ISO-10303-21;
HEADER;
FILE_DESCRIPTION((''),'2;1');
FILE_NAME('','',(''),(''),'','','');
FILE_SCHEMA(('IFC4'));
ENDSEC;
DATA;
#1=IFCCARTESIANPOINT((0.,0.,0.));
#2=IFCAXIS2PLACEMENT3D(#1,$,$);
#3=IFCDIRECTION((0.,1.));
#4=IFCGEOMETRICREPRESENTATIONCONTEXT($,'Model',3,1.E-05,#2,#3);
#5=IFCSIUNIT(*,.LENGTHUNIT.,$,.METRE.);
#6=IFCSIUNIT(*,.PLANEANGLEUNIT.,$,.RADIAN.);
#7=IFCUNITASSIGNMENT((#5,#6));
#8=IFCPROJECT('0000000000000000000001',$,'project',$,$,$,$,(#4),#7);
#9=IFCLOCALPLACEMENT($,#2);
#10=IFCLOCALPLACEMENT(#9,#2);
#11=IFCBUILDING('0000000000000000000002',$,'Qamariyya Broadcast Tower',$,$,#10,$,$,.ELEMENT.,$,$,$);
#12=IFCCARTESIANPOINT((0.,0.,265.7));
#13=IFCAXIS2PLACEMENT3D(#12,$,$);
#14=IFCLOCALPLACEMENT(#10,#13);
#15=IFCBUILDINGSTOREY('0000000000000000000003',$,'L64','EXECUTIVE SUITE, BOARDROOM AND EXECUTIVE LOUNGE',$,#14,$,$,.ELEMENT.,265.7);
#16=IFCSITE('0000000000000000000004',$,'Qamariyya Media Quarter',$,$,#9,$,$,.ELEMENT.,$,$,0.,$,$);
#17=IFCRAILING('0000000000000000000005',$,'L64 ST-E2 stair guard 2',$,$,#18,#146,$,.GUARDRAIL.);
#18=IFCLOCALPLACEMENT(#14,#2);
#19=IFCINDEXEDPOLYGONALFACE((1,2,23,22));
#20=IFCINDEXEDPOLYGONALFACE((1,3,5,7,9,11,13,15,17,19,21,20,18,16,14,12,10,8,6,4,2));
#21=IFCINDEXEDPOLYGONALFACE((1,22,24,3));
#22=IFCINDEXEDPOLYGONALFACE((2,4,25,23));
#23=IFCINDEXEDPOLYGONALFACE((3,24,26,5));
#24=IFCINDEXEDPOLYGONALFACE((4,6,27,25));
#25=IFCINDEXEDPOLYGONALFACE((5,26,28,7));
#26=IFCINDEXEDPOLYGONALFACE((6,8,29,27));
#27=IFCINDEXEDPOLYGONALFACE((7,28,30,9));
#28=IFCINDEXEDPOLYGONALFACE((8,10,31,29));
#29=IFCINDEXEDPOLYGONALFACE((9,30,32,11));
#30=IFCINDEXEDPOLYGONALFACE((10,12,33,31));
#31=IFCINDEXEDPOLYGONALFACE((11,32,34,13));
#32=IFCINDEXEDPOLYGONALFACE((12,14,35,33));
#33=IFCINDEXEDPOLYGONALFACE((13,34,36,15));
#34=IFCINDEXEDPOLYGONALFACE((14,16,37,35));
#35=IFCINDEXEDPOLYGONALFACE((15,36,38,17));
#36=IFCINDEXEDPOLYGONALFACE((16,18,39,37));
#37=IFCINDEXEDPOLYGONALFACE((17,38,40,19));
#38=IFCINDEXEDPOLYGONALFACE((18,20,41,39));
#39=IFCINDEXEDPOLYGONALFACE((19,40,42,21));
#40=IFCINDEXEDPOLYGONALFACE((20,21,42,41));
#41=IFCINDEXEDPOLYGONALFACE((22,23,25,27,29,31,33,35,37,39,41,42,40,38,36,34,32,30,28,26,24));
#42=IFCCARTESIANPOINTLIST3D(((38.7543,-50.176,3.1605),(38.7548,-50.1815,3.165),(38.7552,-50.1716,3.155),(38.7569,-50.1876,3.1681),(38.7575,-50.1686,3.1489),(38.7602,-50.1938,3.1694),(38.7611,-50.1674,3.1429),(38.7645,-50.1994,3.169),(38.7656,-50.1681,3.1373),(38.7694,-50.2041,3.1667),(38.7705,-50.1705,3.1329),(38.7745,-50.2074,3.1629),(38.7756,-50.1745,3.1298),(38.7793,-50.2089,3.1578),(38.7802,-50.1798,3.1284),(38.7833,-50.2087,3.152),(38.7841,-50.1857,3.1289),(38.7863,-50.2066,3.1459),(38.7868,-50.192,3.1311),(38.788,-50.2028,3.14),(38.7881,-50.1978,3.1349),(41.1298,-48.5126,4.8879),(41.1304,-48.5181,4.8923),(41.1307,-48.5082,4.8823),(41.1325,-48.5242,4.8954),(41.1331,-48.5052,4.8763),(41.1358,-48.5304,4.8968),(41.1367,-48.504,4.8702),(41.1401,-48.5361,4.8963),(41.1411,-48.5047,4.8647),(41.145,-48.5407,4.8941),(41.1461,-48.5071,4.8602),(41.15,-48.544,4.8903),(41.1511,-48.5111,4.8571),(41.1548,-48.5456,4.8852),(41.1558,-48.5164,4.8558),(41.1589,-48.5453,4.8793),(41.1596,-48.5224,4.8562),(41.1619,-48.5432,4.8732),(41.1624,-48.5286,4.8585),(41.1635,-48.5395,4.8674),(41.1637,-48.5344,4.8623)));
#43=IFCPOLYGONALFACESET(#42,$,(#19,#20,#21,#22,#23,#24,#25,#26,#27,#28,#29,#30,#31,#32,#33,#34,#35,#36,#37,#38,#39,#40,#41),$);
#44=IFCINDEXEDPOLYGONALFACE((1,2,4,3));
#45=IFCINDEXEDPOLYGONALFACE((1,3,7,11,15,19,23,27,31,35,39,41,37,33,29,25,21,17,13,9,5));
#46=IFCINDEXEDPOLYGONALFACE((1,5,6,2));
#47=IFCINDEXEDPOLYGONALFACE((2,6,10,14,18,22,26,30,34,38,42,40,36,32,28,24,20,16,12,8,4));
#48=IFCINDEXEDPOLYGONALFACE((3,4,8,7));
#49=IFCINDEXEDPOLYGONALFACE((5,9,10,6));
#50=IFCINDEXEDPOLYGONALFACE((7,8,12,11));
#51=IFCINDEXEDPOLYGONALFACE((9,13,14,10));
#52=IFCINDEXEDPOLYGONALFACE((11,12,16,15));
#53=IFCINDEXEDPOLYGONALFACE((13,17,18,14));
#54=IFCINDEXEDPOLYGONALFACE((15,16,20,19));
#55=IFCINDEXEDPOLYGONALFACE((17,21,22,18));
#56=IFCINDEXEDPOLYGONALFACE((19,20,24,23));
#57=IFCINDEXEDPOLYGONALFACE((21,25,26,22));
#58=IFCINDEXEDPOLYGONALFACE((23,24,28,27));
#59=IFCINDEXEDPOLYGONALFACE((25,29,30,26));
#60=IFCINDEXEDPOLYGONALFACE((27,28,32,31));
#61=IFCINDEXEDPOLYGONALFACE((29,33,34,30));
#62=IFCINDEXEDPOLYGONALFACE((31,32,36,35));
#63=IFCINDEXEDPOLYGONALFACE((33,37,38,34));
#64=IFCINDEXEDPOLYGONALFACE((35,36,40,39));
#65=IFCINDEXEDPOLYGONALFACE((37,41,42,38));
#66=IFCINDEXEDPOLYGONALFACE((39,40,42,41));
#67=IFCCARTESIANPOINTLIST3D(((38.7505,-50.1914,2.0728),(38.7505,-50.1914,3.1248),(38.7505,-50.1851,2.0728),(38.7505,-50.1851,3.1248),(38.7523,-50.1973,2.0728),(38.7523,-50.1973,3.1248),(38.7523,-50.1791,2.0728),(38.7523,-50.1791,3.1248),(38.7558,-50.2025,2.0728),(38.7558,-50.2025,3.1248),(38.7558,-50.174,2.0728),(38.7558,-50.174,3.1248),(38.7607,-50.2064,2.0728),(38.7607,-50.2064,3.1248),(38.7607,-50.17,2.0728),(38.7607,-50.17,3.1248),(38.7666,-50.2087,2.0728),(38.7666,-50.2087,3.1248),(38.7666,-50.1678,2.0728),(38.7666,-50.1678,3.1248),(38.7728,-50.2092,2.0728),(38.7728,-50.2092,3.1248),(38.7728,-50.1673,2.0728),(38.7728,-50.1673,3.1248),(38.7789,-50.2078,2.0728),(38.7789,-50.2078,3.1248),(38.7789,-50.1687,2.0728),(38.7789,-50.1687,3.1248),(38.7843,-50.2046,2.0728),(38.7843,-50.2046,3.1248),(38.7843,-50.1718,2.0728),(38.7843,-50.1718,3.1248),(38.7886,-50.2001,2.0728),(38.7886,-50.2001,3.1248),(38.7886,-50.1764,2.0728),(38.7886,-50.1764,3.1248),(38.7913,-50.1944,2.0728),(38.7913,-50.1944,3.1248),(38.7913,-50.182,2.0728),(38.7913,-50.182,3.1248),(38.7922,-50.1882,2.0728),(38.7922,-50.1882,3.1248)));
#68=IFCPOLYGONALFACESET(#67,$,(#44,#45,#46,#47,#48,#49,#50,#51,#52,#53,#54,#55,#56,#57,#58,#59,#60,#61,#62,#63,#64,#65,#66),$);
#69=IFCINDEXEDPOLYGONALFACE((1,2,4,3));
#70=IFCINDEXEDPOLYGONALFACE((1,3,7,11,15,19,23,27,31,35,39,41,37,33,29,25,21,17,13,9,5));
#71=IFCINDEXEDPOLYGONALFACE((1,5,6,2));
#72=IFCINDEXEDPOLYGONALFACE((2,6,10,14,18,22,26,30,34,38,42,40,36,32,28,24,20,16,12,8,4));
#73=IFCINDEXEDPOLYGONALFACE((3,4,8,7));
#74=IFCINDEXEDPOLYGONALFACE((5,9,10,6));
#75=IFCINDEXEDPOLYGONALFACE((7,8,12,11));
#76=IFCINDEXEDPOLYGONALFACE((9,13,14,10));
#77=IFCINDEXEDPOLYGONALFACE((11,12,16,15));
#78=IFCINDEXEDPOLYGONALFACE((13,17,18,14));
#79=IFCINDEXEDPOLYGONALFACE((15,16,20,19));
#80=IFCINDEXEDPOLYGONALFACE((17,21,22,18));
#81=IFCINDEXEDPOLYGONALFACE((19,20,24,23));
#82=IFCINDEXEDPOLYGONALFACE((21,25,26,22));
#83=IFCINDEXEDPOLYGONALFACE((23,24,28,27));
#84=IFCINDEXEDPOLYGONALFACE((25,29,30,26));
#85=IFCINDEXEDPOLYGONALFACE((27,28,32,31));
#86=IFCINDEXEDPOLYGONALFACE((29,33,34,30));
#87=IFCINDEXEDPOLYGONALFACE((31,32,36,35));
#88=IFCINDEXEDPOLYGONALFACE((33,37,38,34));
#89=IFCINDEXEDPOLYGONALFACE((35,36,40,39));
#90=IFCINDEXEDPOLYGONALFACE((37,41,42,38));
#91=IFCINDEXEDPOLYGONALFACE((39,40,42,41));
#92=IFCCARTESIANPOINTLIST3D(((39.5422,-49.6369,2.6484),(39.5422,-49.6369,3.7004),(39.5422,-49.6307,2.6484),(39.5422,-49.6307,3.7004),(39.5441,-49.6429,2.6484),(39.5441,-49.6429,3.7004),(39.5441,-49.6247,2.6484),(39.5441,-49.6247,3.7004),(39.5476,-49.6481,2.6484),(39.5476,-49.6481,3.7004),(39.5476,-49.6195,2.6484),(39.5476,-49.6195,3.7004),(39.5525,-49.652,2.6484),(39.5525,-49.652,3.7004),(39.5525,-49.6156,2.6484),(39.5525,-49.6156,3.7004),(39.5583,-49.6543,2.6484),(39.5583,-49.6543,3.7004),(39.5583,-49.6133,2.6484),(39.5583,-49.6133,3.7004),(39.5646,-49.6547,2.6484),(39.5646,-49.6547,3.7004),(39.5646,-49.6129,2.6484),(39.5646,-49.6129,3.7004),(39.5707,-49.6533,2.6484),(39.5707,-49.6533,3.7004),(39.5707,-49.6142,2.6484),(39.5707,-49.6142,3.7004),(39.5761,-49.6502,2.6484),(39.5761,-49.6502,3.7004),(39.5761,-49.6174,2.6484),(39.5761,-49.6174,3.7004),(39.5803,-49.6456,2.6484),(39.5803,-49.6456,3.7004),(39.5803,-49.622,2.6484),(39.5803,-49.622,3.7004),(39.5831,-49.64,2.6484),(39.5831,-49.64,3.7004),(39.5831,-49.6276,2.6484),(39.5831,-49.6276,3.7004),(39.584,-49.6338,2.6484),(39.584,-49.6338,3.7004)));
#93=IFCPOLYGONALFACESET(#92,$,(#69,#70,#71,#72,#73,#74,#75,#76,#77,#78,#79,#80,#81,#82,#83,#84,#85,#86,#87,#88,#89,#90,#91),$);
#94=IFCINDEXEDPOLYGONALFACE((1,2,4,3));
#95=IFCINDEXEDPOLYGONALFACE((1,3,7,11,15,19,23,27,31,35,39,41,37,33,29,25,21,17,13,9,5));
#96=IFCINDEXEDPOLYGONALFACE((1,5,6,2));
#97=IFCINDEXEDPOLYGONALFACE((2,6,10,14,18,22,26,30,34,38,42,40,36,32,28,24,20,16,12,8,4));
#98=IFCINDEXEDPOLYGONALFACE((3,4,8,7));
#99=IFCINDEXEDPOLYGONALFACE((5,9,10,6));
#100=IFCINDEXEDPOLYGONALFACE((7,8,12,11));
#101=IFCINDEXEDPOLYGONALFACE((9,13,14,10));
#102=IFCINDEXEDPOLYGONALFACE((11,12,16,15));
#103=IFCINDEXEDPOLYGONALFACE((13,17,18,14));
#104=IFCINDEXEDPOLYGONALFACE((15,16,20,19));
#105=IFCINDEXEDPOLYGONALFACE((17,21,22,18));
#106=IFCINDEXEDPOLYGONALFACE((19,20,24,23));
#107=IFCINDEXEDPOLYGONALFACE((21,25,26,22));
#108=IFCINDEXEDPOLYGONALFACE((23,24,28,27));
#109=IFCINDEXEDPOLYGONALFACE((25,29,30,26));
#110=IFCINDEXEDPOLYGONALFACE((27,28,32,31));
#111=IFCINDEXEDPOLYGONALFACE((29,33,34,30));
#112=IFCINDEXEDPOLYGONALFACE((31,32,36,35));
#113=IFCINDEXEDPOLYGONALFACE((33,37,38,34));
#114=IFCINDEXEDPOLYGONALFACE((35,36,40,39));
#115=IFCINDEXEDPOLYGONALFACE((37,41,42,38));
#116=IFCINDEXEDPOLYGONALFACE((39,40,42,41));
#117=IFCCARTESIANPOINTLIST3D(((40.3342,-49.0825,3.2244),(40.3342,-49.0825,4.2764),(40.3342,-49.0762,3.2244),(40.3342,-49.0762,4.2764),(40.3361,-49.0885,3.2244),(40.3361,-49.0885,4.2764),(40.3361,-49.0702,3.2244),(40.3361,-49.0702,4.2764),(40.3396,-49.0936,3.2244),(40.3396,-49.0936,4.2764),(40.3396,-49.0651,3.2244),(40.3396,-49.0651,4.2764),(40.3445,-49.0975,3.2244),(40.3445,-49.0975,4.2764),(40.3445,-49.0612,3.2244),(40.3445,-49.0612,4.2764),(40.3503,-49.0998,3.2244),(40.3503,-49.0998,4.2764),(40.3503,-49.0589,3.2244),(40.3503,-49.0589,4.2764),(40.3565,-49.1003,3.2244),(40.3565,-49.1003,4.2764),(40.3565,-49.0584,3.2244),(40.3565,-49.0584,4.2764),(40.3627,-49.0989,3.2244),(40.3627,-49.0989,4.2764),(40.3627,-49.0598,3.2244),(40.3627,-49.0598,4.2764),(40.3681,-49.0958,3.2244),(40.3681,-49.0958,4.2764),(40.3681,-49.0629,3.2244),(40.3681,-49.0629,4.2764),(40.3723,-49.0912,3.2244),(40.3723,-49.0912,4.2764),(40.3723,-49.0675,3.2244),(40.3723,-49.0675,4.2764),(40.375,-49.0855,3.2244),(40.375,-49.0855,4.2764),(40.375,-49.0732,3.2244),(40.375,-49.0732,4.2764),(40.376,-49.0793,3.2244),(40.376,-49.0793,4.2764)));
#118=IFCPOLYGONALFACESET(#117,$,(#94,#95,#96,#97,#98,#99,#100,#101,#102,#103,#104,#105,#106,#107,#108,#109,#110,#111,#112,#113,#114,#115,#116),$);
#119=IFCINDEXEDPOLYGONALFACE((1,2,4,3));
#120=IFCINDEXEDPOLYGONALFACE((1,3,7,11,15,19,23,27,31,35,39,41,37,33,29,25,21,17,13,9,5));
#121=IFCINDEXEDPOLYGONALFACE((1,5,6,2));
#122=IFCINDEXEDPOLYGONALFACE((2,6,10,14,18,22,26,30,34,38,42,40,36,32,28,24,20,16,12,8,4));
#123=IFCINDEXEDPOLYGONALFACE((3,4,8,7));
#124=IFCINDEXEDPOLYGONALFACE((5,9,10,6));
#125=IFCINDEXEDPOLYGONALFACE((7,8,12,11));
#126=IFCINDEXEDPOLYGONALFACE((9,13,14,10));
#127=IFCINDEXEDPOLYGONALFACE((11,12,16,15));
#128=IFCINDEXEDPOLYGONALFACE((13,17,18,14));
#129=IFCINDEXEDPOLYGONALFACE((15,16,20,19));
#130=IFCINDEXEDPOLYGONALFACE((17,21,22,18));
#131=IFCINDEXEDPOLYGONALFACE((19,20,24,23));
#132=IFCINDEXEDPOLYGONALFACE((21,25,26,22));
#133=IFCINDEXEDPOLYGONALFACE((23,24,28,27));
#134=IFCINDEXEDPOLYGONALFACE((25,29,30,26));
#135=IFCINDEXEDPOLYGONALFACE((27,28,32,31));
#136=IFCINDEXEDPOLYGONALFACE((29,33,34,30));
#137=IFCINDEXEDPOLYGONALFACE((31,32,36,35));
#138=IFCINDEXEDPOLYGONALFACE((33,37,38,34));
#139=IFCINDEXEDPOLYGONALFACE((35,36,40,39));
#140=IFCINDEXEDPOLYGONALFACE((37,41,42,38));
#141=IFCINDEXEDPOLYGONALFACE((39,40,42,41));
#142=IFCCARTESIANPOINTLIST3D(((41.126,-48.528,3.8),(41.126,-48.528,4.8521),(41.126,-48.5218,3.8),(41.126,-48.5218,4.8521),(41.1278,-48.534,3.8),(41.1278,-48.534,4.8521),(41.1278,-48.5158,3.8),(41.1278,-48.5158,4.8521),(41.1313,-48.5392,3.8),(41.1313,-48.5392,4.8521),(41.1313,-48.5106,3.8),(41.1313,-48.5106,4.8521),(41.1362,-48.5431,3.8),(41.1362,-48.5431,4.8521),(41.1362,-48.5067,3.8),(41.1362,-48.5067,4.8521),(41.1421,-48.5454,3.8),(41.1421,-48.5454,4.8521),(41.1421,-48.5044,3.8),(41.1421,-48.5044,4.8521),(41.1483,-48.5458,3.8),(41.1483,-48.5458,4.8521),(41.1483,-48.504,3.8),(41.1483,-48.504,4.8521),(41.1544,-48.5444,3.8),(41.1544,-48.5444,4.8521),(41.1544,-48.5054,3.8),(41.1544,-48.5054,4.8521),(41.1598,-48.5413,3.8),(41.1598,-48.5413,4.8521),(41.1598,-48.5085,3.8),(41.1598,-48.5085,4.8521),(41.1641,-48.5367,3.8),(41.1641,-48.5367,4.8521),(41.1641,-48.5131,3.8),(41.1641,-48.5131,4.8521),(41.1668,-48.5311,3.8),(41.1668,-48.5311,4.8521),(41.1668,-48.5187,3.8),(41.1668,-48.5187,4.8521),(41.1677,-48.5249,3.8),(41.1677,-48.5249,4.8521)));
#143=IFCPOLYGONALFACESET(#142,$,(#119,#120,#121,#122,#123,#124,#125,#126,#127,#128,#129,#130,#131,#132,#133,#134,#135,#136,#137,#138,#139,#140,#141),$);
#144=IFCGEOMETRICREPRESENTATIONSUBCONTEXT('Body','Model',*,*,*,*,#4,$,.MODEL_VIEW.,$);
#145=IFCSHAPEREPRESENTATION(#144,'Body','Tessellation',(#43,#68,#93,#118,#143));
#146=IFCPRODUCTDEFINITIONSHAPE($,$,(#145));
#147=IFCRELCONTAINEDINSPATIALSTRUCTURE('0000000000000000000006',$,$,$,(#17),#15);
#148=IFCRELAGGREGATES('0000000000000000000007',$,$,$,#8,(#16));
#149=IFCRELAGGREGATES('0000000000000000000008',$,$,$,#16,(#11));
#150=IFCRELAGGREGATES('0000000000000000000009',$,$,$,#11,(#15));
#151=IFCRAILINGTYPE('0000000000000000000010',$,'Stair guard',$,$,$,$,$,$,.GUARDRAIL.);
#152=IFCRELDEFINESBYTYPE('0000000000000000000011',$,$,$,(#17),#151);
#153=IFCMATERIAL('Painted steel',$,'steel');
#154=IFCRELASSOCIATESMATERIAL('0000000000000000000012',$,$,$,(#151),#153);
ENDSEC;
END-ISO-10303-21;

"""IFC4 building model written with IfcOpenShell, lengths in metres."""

from ifc_helpers import new_model, si_unit, direction, frame, origin, origin_2d, place, context, subcontext, project, spatial, circle, extrude, material, type_object, element, save


model = new_model("IFC4")

# Units and contexts
model_context = context("Model", 3, precision=1e-05, world=origin(), true_north=direction((0.0, 1.0)))
body_context = subcontext(model_context, "Body", "Model", "MODEL_VIEW")
ifc_project = project(units=[si_unit("LENGTHUNIT", "METRE"), si_unit("PLANEANGLEUNIT", "RADIAN")], contexts=[model_context])

# Site, building, storey
site_placement = place(None, origin())
site = spatial("IfcSite", under=ifc_project, at=site_placement, Name="Qamariyya Media Quarter", CompositionType="ELEMENT", RefElevation=0.0)
building_placement = place(site_placement, origin())
building = spatial("IfcBuilding", under=site, at=building_placement, Name="Qamariyya Broadcast Tower", CompositionType="ELEMENT")
storey_placement = place(building_placement, frame((0.0, 0.0, 265.7)))
storey = spatial("IfcBuildingStorey", under=building, at=storey_placement, Name="L64", Description="EXECUTIVE SUITE, BOARDROOM AND EXECUTIVE LOUNGE", CompositionType="ELEMENT", Elevation=265.7)

# Railing
ifc_material_1 = material(Name="Painted steel", Category="steel")
railing_type_1 = type_object("IfcRailingType", Name="Stair guard", PredefinedType="GUARDRAIL", material=ifc_material_1)
railing_1_placement = place(storey_placement, frame((38.7712, -50.1882, 2.0728)))
element("IfcRailing", 1, at=railing_1_placement, inside=storey, type_object=railing_type_1, Name="L64 ST-E2 stair guard 2", PredefinedType="GUARDRAIL", context=body_context, shape_type="SweptSolid", body=[
    extrude(circle(Radius=0.0239, at=origin_2d()), frame((0.0, 0.0, 1.0762), z_axis=(0.70377, 0.492784, 0.511734), x_axis=(-0.573575, 0.819153, 0.0)), (0.0, 0.0, 1.0), 3.3755),
    extrude(circle(Radius=0.021, at=origin_2d()), origin(), (0.0, 0.0, 1.0), 1.052),
    extrude(circle(Radius=0.021, at=origin_2d()), frame((0.7917, 0.5544, 0.5757)), (0.0, 0.0, 1.0), 1.052),
    extrude(circle(Radius=0.021, at=origin_2d()), frame((1.5837, 1.1089, 1.1516)), (0.0, 0.0, 1.0), 1.052),
    extrude(circle(Radius=0.021, at=origin_2d()), frame((2.3755, 1.6633, 1.7273)), (0.0, 0.0, 1.0), 1.052),
])

save(model, "model.ifc")
